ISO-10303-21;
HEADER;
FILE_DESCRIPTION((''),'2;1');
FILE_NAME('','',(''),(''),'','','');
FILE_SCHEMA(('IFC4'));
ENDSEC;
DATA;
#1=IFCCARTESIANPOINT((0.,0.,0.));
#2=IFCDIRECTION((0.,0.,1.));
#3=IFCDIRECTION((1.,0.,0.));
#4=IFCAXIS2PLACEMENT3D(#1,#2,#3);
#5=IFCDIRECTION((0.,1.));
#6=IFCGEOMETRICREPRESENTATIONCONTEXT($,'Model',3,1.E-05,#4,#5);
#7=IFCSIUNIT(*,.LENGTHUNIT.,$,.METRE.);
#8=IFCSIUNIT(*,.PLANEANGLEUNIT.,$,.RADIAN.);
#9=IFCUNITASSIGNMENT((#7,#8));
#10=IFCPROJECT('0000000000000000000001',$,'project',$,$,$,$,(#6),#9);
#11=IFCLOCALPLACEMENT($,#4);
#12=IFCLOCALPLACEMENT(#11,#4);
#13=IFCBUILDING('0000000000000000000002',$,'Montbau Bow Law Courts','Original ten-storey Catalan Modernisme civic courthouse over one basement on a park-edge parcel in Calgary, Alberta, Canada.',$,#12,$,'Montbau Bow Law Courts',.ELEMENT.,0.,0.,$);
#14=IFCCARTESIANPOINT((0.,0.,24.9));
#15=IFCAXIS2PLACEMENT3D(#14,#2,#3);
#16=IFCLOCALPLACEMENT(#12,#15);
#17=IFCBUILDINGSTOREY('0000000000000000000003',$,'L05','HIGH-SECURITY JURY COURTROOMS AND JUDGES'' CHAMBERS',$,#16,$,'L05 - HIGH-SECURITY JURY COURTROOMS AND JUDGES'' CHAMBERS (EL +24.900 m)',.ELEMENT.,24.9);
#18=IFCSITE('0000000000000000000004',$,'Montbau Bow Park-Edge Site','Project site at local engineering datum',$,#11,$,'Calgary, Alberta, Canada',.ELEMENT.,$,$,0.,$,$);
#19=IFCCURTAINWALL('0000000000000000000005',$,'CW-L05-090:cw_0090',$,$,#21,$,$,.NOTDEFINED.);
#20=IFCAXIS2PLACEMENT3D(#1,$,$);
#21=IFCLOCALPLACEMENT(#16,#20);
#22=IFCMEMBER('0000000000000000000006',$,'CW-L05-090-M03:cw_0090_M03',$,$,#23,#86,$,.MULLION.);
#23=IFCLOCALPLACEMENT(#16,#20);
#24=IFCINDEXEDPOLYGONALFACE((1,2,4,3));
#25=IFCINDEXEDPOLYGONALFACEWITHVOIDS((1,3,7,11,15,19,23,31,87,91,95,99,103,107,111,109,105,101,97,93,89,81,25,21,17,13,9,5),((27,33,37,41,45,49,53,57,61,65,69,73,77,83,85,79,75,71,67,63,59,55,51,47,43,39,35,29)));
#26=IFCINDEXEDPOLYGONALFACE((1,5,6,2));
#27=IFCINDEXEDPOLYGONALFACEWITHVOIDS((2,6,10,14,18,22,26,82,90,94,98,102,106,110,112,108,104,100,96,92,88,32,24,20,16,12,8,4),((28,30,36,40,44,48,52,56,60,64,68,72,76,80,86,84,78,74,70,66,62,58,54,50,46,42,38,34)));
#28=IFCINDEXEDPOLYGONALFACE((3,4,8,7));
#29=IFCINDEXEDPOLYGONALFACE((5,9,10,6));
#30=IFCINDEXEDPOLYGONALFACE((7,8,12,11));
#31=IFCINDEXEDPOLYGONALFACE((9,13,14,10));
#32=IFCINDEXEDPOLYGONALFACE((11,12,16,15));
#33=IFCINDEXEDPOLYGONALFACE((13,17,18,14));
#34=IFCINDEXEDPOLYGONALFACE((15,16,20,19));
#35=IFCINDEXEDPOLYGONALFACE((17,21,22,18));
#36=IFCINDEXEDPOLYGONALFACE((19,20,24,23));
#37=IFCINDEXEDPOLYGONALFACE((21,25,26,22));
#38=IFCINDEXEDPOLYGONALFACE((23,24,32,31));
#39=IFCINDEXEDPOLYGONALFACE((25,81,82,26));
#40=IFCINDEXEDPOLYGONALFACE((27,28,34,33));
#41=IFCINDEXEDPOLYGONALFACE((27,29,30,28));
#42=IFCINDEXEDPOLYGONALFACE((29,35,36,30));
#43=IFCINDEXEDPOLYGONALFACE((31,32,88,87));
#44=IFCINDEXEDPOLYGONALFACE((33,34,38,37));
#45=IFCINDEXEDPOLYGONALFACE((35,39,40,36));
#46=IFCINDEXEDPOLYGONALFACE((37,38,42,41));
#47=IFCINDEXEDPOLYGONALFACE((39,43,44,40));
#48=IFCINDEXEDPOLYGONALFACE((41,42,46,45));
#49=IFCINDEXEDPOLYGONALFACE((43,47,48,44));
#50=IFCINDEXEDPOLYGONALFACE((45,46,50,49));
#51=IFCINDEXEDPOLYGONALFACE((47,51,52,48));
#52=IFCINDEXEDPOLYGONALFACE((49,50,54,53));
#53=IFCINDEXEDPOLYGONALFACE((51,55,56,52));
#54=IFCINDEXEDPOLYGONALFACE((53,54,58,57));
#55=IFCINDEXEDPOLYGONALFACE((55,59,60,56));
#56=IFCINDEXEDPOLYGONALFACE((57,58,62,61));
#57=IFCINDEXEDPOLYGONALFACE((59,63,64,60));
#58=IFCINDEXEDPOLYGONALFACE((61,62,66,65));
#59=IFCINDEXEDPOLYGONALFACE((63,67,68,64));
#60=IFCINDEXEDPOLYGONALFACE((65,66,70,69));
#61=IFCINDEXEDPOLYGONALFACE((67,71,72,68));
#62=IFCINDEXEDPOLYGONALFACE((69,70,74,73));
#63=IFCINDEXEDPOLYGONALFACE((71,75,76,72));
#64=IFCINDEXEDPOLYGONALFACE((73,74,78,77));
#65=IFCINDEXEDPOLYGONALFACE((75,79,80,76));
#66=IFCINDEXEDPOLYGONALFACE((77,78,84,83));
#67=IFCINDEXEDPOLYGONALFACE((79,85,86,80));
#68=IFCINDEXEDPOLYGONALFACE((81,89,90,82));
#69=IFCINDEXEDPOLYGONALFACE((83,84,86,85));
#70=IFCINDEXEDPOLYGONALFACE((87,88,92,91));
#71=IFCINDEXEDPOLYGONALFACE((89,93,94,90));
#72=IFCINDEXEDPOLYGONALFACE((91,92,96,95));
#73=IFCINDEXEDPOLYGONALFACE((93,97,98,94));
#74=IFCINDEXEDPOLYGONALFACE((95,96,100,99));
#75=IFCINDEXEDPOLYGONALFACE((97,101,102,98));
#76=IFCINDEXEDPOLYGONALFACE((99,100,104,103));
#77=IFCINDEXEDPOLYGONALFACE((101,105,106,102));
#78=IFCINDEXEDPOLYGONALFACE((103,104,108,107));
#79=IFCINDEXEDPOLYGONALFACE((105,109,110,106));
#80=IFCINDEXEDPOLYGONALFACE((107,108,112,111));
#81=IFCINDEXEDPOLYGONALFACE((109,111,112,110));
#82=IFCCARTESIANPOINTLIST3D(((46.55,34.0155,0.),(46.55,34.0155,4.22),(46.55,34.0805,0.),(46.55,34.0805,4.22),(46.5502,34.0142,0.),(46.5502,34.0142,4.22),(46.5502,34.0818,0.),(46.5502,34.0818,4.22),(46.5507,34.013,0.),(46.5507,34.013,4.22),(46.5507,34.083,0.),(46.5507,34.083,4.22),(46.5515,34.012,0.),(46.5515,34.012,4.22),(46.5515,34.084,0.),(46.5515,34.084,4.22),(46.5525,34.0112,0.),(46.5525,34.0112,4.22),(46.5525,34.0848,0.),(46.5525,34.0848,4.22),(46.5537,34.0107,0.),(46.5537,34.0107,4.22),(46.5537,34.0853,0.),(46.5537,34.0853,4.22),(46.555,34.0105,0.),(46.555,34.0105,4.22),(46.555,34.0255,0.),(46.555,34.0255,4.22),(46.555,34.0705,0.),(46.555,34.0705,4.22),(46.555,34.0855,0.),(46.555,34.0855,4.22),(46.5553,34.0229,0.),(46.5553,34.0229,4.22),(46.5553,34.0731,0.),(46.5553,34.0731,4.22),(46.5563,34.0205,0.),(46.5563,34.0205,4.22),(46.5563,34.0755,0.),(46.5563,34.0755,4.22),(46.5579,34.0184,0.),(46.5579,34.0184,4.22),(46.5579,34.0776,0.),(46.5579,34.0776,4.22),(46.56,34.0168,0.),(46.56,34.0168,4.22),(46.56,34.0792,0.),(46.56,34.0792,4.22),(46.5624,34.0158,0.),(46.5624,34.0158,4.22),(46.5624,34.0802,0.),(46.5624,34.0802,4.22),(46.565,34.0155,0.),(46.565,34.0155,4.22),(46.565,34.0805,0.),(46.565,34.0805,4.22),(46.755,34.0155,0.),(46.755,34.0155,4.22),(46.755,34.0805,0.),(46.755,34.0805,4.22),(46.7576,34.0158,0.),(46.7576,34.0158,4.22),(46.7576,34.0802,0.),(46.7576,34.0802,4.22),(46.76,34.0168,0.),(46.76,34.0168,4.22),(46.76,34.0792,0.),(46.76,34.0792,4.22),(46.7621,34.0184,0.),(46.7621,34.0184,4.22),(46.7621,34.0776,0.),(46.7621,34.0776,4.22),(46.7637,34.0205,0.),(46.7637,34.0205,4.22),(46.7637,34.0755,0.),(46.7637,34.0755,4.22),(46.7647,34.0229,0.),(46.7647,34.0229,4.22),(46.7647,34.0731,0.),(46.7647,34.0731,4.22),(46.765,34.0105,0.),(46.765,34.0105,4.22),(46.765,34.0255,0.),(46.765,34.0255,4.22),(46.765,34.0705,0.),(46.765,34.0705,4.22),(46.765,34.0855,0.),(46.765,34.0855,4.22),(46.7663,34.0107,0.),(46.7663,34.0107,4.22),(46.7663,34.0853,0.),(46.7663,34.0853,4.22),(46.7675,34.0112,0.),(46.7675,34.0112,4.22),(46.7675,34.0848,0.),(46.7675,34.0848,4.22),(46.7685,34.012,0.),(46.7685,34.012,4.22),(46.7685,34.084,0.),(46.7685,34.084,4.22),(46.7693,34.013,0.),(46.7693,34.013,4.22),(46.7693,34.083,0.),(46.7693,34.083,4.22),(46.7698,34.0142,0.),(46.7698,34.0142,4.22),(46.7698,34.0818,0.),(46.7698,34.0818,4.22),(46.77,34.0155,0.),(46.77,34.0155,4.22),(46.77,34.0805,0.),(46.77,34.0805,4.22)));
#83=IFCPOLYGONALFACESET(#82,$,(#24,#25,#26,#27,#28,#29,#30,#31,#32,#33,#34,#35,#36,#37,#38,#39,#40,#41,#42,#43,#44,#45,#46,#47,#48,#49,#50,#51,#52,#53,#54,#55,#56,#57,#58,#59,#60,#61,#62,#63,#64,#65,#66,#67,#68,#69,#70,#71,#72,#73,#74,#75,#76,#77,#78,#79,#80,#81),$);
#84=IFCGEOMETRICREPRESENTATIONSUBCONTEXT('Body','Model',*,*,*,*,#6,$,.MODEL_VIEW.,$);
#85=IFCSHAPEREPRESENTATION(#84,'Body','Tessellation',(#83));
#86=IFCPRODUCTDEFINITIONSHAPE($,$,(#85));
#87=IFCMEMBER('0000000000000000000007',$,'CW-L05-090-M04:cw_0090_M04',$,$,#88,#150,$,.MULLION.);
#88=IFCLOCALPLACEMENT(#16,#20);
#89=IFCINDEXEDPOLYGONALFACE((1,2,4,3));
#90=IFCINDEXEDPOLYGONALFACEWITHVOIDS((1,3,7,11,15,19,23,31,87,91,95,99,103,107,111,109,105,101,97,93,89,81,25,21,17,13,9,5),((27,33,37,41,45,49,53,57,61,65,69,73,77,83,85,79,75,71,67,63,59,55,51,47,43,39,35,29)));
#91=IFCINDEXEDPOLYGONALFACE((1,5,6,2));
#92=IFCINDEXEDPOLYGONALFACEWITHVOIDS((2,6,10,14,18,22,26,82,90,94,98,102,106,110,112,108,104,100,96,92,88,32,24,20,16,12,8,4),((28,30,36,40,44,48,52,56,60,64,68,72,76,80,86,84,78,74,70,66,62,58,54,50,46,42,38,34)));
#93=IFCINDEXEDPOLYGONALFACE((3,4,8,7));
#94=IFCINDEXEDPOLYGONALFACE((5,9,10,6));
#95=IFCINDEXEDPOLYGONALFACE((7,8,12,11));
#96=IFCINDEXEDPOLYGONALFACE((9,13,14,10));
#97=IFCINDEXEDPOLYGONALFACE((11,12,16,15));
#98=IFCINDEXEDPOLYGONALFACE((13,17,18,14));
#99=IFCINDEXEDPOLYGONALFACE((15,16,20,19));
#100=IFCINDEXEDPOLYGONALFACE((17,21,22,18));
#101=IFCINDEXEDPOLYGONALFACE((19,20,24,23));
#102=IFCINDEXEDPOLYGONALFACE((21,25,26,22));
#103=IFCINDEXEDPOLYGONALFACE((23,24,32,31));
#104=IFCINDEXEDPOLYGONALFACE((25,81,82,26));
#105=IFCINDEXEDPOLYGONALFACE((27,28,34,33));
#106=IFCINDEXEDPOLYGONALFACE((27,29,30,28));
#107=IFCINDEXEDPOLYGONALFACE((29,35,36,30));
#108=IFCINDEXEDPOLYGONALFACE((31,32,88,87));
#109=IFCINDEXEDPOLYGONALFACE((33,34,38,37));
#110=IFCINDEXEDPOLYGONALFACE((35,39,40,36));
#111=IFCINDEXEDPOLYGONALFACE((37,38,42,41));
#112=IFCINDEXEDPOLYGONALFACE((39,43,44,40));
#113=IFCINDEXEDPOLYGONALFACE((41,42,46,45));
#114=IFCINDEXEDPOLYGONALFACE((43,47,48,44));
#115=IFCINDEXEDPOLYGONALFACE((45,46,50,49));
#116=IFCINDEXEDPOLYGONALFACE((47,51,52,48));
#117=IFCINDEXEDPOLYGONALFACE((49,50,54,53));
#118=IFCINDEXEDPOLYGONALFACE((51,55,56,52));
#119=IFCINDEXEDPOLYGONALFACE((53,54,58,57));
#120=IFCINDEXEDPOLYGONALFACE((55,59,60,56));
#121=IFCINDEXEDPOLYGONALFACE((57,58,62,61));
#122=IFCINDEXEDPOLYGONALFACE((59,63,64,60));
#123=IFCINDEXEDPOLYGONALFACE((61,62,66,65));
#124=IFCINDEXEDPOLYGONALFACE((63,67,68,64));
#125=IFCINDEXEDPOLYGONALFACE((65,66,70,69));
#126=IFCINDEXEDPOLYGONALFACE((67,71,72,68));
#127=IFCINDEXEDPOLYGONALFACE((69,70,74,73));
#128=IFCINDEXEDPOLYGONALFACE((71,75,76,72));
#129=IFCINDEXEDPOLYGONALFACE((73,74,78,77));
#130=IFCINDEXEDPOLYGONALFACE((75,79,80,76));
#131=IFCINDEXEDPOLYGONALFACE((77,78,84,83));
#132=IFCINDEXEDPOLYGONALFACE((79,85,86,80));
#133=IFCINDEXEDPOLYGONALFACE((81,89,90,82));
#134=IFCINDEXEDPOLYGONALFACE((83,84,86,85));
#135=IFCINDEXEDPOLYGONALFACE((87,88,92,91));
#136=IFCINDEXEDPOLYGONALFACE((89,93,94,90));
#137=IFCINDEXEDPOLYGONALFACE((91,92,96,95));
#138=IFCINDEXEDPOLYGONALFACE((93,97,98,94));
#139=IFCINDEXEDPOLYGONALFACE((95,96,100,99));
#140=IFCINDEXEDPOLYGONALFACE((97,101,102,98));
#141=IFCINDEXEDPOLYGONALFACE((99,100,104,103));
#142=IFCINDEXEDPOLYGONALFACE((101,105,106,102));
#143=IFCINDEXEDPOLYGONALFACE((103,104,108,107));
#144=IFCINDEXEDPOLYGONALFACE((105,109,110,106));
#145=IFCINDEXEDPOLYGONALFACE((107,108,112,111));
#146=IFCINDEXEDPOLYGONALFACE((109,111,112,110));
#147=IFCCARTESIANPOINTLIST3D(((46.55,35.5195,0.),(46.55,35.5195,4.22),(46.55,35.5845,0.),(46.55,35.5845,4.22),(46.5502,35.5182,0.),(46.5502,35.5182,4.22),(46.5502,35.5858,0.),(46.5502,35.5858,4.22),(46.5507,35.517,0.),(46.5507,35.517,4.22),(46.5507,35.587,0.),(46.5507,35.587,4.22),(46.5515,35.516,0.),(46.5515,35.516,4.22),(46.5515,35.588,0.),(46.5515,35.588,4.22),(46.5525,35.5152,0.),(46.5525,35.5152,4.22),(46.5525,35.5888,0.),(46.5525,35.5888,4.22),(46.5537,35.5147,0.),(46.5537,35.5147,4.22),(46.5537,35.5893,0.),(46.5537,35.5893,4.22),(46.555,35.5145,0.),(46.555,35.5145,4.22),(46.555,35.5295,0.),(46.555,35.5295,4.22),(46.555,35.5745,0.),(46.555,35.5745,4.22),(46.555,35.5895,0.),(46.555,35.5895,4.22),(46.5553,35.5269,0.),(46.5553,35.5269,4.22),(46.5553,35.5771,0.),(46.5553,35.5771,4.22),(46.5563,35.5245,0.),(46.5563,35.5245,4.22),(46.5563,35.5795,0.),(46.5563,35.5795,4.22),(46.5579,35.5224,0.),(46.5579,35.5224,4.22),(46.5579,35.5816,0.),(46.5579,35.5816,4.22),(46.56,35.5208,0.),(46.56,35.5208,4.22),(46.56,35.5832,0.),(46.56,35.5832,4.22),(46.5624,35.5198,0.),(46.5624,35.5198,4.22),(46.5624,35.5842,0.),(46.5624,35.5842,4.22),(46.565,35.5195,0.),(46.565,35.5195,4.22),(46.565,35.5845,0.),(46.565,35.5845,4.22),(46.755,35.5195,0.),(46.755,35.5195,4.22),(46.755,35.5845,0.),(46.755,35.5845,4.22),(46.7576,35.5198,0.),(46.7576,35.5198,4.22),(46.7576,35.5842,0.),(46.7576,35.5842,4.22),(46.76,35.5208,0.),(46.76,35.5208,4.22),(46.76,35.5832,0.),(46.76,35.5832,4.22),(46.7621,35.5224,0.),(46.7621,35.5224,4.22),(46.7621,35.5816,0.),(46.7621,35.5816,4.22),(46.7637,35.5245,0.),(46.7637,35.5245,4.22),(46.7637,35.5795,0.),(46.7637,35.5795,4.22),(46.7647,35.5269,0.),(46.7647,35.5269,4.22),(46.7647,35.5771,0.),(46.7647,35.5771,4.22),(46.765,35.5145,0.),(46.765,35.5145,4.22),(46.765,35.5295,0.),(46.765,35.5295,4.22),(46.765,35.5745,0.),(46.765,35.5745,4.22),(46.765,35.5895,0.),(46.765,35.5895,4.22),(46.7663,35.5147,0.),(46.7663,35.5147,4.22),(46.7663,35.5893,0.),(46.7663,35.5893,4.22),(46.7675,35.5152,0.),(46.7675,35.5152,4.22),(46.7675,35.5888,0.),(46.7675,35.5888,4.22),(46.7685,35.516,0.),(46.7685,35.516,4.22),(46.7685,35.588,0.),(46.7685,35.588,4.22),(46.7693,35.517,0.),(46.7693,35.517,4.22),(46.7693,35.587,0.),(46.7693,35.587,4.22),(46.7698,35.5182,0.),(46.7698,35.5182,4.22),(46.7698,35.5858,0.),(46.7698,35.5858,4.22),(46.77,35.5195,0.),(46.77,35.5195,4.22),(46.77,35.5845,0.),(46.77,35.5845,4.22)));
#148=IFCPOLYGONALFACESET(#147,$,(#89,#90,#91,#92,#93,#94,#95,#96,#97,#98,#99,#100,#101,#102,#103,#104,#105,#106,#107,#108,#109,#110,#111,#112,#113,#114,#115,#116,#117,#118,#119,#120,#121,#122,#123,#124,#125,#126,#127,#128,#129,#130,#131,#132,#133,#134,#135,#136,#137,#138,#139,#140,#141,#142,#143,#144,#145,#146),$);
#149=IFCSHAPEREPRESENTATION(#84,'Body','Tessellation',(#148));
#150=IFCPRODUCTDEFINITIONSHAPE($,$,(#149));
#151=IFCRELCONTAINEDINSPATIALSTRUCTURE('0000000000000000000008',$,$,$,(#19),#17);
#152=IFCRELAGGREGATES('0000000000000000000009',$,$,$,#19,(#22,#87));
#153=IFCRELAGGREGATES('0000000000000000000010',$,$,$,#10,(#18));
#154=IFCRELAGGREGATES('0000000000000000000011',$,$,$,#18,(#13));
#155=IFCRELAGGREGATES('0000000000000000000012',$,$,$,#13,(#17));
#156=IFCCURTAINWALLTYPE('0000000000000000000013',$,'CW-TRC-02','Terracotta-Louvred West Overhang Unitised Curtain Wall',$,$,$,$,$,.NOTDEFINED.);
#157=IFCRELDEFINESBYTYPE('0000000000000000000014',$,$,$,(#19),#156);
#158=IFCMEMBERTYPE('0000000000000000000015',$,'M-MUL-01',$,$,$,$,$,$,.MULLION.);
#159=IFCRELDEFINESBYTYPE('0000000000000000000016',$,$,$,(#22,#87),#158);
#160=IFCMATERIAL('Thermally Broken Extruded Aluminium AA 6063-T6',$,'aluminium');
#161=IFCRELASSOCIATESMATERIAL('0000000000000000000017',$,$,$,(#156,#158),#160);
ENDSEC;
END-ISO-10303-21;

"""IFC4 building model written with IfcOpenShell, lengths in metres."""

from ifc_helpers import new_model, si_unit, direction, frame, origin_with_axes, origin_2d_with_axis, place, context, subcontext, project, spatial, hollow_rectangle, extrude, material, material_profile, profile_set, type_object, element, aggregate, save


model = new_model("IFC4")

# Units and contexts
model_context = context("Model", 3, precision=1e-05, world=origin_with_axes(), true_north=direction((0.0, 1.0)))
body_context = subcontext(model_context, "Body", "Model", "MODEL_VIEW")
ifc_project = project(units=[si_unit("LENGTHUNIT", "METRE"), si_unit("PLANEANGLEUNIT", "RADIAN")], contexts=[model_context])

# Site, building, storey
site_placement = place(None, origin_with_axes())
site = spatial("IfcSite", under=ifc_project, at=site_placement, Name="Montbau Bow Park-Edge Site", Description="Project site at local engineering datum", LongName="Calgary, Alberta, Canada", CompositionType="ELEMENT", RefElevation=0.0)
building_placement = place(site_placement, origin_with_axes())
building = spatial("IfcBuilding", under=site, at=building_placement, Name="Montbau Bow Law Courts", Description="Original ten-storey Catalan Modernisme civic courthouse over one basement on a park-edge parcel in Calgary, Alberta, Canada.", LongName="Montbau Bow Law Courts", CompositionType="ELEMENT", ElevationOfRefHeight=0.0, ElevationOfTerrain=0.0)
storey_placement = place(building_placement, frame((0.0, 0.0, 24.9), z_axis=(0.0, 0.0, 1.0), x_axis=(1.0, 0.0, 0.0)))
storey = spatial("IfcBuildingStorey", under=building, at=storey_placement, Name="L05", Description="HIGH-SECURITY JURY COURTROOMS AND JUDGES' CHAMBERS", LongName="L05 - HIGH-SECURITY JURY COURTROOMS AND JUDGES' CHAMBERS (EL +24.900 m)", CompositionType="ELEMENT", Elevation=24.9)

# Curtain wall, members
ifc_material_1 = material(Name="Thermally Broken Extruded Aluminium AA 6063-T6", Category="aluminium")
curtain_wall_type = type_object("IfcCurtainWallType", Name="CW-TRC-02", Description="Terracotta-Louvred West Overhang Unitised Curtain Wall", PredefinedType="NOTDEFINED", material=ifc_material_1)
curtain_wall_placement = place(None, frame((46.66, 31.04, 24.9), z_axis=(0.0, 0.0, 1.0), x_axis=(1.0, 0.0, 0.0)))
curtain_wall = element("IfcCurtainWall", 1, at=curtain_wall_placement, inside=storey, type_object=curtain_wall_type, Name="CW-L05-090:cw_0090", PredefinedType="NOTDEFINED")
ifc_material_profile_1 = material_profile(ifc_material_1, hollow_rectangle(XDim=0.075, YDim=0.22, WallThickness=0.005, InnerFilletRadius=0.01, OuterFilletRadius=0.005, at=origin_2d_with_axis()), Name="CWM-220X75", Category="Main", Priority=0)
ifc_profile_set_1 = profile_set([ifc_material_profile_1], Name="Thermally Broken Extruded Aluminium AA 6063-T6")
member_type_1 = type_object("IfcMemberType", Name="M-MUL-01", PredefinedType="MULLION", material=ifc_profile_set_1)
member_1_placement = place(None, frame((46.66, 34.048, 24.9), z_axis=(0.0, 0.0, 1.0), x_axis=(0.0, 1.0, 0.0)))
member_1 = element("IfcMember", 2, at=member_1_placement, type_object=member_type_1, Name="CW-L05-090-M03:cw_0090_M03", PredefinedType="MULLION", context=body_context, shape_type="SweptSolid", body=[
    extrude(hollow_rectangle(XDim=0.075, YDim=0.22, WallThickness=0.005, InnerFilletRadius=0.01, OuterFilletRadius=0.005, at=origin_2d_with_axis()), origin_with_axes(), (0.0, 0.0, 1.0), 4.22),
])
member_2_placement = place(None, frame((46.66, 35.552, 24.9), z_axis=(0.0, 0.0, 1.0), x_axis=(0.0, 1.0, 0.0)))
member_2 = element("IfcMember", 3, at=member_2_placement, type_object=member_type_1, Name="CW-L05-090-M04:cw_0090_M04", PredefinedType="MULLION", context=body_context, shape_type="SweptSolid", body=[
    extrude(hollow_rectangle(XDim=0.075, YDim=0.22, WallThickness=0.005, InnerFilletRadius=0.01, OuterFilletRadius=0.005, at=origin_2d_with_axis()), origin_with_axes(), (0.0, 0.0, 1.0), 4.22),
])
aggregate(curtain_wall, [member_1, member_2])

save(model, "model.ifc")
